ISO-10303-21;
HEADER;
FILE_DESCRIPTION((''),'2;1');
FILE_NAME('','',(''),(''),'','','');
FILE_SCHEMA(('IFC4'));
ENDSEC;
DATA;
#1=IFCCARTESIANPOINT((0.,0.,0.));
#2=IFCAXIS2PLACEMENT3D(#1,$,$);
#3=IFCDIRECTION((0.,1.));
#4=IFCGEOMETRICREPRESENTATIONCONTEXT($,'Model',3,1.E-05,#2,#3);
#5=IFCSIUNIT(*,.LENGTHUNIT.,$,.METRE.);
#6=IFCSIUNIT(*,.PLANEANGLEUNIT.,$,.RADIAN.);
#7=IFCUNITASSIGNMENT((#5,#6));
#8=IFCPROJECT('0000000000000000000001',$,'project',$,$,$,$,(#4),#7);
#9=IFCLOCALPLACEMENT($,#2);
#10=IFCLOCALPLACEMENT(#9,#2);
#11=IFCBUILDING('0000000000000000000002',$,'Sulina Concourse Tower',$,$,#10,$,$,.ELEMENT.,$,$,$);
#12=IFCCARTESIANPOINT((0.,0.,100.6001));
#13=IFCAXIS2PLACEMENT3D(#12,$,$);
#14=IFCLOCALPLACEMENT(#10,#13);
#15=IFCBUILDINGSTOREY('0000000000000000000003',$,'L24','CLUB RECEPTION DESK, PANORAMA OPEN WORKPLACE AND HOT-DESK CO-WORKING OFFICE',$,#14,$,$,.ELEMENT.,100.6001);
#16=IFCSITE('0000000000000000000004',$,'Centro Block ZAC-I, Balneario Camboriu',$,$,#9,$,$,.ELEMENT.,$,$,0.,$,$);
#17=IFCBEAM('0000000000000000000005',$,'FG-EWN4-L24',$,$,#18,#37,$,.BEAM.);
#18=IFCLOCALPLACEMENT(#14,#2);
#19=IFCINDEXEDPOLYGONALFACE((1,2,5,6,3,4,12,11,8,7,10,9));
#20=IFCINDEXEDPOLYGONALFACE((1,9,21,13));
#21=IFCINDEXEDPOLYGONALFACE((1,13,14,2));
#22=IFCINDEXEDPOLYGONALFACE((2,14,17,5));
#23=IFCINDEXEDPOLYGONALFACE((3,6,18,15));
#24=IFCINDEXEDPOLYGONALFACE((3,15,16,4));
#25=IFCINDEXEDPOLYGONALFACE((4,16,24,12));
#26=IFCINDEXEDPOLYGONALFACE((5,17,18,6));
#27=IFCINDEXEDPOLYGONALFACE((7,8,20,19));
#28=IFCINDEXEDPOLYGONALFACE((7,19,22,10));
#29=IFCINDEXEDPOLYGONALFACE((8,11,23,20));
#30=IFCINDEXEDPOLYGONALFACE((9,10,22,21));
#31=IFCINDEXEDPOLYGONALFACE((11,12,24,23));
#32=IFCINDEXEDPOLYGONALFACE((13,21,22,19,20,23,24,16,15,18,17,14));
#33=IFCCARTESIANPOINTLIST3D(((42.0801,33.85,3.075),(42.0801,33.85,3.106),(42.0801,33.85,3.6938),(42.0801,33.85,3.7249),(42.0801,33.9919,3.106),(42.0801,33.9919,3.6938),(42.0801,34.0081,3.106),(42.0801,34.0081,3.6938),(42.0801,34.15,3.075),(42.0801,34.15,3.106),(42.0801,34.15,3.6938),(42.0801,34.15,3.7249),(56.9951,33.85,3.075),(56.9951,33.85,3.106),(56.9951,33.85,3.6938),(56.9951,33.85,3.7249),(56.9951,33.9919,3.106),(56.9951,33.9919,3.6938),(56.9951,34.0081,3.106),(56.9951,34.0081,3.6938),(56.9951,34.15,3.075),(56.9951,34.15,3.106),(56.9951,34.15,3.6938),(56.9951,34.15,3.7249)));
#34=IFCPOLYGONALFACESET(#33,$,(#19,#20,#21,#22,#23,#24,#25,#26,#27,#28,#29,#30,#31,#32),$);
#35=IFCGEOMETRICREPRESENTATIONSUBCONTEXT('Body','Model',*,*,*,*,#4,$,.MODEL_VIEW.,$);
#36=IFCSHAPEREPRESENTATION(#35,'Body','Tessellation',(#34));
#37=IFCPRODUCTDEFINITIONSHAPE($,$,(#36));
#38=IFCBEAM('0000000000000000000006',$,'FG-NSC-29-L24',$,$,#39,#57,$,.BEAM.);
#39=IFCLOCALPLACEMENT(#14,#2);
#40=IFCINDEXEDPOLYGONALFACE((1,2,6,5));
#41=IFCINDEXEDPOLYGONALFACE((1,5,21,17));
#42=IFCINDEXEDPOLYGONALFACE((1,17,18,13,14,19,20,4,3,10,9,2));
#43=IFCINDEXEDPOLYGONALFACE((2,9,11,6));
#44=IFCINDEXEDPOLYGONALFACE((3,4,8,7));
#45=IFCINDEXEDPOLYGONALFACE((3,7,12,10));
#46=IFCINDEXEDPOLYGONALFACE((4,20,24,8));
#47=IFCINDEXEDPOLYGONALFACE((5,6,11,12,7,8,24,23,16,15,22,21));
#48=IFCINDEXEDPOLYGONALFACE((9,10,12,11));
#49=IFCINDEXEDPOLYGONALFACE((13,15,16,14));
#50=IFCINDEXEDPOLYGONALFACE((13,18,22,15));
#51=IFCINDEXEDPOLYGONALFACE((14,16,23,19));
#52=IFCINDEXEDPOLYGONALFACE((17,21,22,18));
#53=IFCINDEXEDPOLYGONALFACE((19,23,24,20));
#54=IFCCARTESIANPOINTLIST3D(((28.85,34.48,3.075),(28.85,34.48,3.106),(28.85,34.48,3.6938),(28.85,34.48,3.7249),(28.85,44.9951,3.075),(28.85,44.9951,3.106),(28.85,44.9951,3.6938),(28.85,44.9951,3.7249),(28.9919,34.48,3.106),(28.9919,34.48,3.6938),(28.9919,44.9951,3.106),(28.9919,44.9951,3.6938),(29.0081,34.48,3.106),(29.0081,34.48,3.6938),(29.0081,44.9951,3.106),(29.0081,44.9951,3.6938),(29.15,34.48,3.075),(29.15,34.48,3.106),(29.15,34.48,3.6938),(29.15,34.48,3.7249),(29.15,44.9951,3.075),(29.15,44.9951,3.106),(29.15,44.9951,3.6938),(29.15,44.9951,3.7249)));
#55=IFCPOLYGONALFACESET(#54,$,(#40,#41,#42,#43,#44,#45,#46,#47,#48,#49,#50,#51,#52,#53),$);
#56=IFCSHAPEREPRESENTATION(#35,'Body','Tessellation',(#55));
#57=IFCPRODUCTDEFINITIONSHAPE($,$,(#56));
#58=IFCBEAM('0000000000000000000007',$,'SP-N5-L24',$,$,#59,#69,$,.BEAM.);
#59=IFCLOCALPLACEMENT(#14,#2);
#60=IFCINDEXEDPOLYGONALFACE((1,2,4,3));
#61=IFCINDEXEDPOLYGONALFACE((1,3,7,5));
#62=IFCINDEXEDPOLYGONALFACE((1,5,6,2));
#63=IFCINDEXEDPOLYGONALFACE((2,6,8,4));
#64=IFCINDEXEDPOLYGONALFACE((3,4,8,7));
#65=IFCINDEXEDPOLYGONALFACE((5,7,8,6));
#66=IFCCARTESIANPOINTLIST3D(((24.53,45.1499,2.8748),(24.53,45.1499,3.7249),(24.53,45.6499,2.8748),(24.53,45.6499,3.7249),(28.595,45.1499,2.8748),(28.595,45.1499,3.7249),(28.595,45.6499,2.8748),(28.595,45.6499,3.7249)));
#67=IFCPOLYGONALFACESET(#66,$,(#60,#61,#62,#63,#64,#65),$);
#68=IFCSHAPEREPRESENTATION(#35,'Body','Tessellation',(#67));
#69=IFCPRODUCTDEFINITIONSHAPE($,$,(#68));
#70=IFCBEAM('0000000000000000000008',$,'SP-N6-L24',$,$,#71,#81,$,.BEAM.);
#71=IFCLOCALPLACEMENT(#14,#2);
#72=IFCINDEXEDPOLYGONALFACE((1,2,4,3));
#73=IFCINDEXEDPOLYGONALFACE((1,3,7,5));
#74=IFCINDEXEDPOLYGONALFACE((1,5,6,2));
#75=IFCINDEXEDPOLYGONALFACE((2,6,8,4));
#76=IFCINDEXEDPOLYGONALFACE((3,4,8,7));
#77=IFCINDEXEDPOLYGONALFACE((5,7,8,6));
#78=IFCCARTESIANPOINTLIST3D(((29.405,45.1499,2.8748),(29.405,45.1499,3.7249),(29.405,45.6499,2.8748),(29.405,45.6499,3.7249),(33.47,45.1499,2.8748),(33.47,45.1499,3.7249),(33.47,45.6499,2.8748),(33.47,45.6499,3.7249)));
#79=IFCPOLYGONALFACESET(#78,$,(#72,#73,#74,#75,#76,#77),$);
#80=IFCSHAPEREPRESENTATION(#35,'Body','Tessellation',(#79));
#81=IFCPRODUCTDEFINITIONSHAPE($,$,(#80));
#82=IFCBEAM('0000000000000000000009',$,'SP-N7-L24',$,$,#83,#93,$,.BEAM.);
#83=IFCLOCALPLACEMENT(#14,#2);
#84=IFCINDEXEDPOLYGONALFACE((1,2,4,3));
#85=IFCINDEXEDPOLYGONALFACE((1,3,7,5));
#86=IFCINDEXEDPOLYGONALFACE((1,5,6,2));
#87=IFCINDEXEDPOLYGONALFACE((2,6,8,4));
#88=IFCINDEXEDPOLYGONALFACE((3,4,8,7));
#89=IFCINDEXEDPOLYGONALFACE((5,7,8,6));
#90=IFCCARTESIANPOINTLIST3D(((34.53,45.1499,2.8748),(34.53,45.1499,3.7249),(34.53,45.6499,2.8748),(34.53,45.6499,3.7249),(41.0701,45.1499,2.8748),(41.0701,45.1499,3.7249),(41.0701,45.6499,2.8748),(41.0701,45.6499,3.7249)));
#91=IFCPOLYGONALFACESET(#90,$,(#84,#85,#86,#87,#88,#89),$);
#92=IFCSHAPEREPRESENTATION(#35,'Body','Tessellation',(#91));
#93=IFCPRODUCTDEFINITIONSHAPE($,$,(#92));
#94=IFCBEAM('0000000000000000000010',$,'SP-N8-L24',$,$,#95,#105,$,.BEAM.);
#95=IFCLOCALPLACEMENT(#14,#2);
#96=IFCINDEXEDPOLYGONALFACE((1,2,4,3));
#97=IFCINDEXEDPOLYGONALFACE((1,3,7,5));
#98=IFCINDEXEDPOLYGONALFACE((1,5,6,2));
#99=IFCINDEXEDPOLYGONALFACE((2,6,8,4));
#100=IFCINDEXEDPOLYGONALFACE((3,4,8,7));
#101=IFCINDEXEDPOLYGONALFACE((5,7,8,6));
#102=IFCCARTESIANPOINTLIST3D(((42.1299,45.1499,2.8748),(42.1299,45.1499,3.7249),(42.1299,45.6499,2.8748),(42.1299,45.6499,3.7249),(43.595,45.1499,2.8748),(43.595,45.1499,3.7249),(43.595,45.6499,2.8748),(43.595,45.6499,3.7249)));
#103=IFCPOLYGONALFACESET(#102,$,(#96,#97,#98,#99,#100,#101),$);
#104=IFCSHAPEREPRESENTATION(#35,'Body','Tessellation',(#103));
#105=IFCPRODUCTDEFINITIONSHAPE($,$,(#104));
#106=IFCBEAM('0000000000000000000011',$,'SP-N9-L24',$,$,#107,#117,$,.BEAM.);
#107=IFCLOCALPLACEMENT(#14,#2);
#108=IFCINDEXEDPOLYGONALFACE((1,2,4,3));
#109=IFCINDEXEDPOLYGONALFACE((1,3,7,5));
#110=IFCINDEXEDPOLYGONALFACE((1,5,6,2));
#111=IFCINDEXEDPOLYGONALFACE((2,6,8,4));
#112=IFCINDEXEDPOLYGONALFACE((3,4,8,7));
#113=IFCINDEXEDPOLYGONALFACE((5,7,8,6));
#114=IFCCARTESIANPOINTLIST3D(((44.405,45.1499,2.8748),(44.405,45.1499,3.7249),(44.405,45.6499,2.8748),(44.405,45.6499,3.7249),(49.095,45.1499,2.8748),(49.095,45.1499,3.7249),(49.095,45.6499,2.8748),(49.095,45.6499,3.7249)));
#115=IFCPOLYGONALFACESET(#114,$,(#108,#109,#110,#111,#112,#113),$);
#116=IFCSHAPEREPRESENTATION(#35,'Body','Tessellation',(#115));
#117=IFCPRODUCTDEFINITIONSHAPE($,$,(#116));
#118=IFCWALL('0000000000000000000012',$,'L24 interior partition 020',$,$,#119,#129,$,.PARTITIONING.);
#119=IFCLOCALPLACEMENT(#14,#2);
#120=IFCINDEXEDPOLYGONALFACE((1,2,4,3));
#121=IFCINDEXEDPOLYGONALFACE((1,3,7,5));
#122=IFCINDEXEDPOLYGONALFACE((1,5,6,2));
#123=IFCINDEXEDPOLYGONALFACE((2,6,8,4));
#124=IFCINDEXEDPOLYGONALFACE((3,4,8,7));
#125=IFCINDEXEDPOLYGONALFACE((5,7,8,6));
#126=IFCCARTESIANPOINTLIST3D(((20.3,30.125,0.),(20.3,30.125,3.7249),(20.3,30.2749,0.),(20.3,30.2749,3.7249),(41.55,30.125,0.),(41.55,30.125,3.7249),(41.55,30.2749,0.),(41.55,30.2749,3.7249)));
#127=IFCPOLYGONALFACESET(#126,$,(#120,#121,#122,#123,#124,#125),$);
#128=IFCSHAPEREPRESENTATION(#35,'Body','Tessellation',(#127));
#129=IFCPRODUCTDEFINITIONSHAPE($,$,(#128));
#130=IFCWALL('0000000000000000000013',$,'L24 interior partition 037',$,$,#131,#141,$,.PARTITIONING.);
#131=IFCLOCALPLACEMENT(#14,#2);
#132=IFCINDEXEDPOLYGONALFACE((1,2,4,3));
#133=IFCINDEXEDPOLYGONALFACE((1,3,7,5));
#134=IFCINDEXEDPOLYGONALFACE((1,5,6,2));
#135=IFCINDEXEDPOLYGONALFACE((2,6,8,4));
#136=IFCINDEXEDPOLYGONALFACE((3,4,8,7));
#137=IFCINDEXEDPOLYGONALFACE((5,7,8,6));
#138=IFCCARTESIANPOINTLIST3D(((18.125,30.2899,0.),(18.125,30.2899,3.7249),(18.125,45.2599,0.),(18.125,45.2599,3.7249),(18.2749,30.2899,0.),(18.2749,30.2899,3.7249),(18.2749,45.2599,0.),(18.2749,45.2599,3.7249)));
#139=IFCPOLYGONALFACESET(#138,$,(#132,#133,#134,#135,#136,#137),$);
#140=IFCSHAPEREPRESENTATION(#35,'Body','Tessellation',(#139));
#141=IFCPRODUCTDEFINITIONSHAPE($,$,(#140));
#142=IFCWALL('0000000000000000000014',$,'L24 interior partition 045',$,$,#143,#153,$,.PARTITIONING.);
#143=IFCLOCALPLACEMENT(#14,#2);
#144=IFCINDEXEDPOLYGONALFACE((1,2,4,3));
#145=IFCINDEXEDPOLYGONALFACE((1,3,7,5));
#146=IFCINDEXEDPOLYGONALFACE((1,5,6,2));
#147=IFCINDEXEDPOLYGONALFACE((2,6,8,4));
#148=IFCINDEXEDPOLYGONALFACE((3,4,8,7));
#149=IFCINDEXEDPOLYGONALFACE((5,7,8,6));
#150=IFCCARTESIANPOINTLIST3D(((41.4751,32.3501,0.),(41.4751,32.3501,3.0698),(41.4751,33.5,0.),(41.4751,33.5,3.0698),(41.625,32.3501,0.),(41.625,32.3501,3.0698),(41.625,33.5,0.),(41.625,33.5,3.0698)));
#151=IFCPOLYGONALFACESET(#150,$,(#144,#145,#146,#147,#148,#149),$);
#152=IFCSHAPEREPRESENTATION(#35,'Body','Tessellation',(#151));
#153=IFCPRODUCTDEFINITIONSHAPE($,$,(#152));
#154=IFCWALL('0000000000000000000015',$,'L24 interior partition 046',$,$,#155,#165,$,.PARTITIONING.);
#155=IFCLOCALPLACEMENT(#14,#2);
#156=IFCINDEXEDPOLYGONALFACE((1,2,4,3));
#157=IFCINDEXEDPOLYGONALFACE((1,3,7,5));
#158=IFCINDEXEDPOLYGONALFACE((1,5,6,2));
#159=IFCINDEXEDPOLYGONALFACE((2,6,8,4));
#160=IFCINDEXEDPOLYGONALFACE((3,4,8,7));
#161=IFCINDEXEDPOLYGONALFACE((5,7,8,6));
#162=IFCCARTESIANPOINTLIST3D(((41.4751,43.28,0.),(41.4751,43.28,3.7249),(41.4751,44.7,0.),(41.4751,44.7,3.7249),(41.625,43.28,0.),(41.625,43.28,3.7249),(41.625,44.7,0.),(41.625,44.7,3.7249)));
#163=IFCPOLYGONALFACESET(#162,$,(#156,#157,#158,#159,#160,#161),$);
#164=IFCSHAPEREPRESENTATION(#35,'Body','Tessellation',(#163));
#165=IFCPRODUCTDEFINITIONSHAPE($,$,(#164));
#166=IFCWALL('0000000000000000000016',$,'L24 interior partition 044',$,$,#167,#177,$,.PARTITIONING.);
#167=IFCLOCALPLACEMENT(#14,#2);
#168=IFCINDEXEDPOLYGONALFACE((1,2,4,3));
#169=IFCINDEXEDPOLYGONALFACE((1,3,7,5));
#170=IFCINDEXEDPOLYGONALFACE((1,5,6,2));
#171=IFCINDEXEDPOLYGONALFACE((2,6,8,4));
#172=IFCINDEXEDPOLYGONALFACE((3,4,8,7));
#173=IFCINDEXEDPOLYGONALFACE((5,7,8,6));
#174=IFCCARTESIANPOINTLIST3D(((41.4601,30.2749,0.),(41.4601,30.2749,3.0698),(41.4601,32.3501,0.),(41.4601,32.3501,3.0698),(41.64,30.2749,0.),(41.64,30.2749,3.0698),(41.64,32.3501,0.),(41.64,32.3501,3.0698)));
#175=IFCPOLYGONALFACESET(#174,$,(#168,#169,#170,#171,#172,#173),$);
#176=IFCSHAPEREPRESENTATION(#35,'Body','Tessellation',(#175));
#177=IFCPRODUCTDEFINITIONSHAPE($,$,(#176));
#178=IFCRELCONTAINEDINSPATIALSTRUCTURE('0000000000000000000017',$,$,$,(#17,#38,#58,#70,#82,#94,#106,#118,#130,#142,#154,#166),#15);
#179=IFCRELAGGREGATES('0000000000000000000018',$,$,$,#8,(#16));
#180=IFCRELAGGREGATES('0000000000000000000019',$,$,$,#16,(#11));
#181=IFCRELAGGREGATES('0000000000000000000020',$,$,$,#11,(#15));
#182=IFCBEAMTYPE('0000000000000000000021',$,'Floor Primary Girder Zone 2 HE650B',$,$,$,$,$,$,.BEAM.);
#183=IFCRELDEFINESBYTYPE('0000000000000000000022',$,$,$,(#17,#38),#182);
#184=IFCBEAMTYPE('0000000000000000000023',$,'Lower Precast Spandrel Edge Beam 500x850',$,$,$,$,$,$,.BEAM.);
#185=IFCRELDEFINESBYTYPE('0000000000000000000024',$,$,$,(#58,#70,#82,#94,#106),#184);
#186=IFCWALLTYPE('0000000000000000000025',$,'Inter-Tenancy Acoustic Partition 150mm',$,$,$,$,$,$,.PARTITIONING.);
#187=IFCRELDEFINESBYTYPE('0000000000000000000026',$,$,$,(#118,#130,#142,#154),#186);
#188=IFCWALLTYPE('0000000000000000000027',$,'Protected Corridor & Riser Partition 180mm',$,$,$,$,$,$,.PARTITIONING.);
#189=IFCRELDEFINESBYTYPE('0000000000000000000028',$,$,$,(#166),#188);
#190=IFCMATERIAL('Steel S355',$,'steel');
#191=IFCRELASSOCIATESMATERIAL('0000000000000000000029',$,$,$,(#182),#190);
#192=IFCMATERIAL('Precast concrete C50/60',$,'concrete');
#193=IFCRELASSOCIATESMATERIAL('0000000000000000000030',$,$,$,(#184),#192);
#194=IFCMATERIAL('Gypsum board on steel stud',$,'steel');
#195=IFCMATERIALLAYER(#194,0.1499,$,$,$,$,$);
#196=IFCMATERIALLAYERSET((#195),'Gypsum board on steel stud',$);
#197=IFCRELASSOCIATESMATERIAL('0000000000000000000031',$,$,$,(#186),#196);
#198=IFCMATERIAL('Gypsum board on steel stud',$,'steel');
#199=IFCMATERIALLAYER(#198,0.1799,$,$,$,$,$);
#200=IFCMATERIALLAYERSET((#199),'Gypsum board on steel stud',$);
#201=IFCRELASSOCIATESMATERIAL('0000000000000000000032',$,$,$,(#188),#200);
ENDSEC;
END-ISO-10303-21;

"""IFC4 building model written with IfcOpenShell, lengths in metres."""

from ifc_helpers import new_model, si_unit, direction, frame, frame_2d, origin, origin_2d, place, context, subcontext, project, spatial, rectangle, i_section, extrude, material, layer, layer_set, material_profile, profile_set, type_object, element, save


model = new_model("IFC4")

# Units and contexts
model_context = context("Model", 3, precision=1e-05, world=origin(), true_north=direction((0.0, 1.0)))
body_context = subcontext(model_context, "Body", "Model", "MODEL_VIEW")
ifc_project = project(units=[si_unit("LENGTHUNIT", "METRE"), si_unit("PLANEANGLEUNIT", "RADIAN")], contexts=[model_context])

# Site, building, storey
site_placement = place(None, origin())
site = spatial("IfcSite", under=ifc_project, at=site_placement, Name="Centro Block ZAC-I, Balneario Camboriu", CompositionType="ELEMENT", RefElevation=0.0)
building_placement = place(site_placement, origin())
building = spatial("IfcBuilding", under=site, at=building_placement, Name="Sulina Concourse Tower", CompositionType="ELEMENT")
storey_placement = place(building_placement, frame((0.0, 0.0, 100.6001)))
storey = spatial("IfcBuildingStorey", under=building, at=storey_placement, Name="L24", Description="CLUB RECEPTION DESK, PANORAMA OPEN WORKPLACE AND HOT-DESK CO-WORKING OFFICE", CompositionType="ELEMENT", Elevation=100.6001)

# Beams
ifc_material_1 = material(Name="Steel S355", Category="steel")
ifc_material_profile_1 = material_profile(ifc_material_1, i_section(OverallWidth=0.3, OverallDepth=0.6499, WebThickness=0.0161, FlangeThickness=0.031, at=origin_2d()), Name="HE 650 B")
ifc_profile_set_1 = profile_set([ifc_material_profile_1], Name="Steel S355")
beam_type_1 = type_object("IfcBeamType", Name="Floor Primary Girder Zone 2 HE650B", PredefinedType="BEAM", material=ifc_profile_set_1)
beam_1_placement = place(storey_placement, frame((42.0801, 34.0, 3.3999), z_axis=(1.0, 0.0, 0.0), x_axis=(0.0, 1.0, 0.0)))
element("IfcBeam", 1, at=beam_1_placement, inside=storey, type_object=beam_type_1, Name="FG-EWN4-L24", PredefinedType="BEAM", context=body_context, shape_type="SweptSolid", body=[
    extrude(i_section(OverallWidth=0.3, OverallDepth=0.6499, WebThickness=0.0161, FlangeThickness=0.031, at=origin_2d()), origin(), (0.0, 0.0, 1.0), 14.915),
])
beam_2_placement = place(storey_placement, frame((29.0, 34.48, 3.3999), z_axis=(0.0, 1.0, 0.0), x_axis=(-1.0, 0.0, 0.0)))
element("IfcBeam", 2, at=beam_2_placement, inside=storey, type_object=beam_type_1, Name="FG-NSC-29-L24", PredefinedType="BEAM", context=body_context, shape_type="SweptSolid", body=[
    extrude(i_section(OverallWidth=0.3, OverallDepth=0.6499, WebThickness=0.0161, FlangeThickness=0.031, at=origin_2d()), origin(), (0.0, 0.0, 1.0), 10.5151),
])
ifc_material_2 = material(Name="Precast concrete C50/60", Category="concrete")
ifc_material_profile_2 = material_profile(ifc_material_2, rectangle(XDim=0.5, YDim=0.8501, at=origin_2d()), Name="RC 500x850")
ifc_profile_set_2 = profile_set([ifc_material_profile_2], Name="Precast concrete C50/60")
beam_type_2 = type_object("IfcBeamType", Name="Lower Precast Spandrel Edge Beam 500x850", PredefinedType="BEAM", material=ifc_profile_set_2)
for number, where, z_axis, x_axis, name in (
    (3, (24.53, 45.3999, 3.2998), (1.0, 0.0, 0.0), (0.0, 1.0, 0.0), "SP-N5-L24"),
    (4, (29.405, 45.3999, 3.2998), (1.0, 0.0, 0.0), (0.0, 1.0, 0.0), "SP-N6-L24"),
):
    element("IfcBeam", number, at=place(storey_placement, frame(where, z_axis=z_axis, x_axis=x_axis)), inside=storey, type_object=beam_type_2, Name=name, PredefinedType="BEAM", context=body_context, shape_type="SweptSolid", body=[
        extrude(rectangle(XDim=0.5, YDim=0.8501, at=origin_2d()), origin(), (0.0, 0.0, 1.0), 4.0649),
    ])
beam_3_placement = place(storey_placement, frame((34.53, 45.3999, 3.2998), z_axis=(1.0, 0.0, 0.0), x_axis=(0.0, 1.0, 0.0)))
element("IfcBeam", 5, at=beam_3_placement, inside=storey, type_object=beam_type_2, Name="SP-N7-L24", PredefinedType="BEAM", context=body_context, shape_type="SweptSolid", body=[
    extrude(rectangle(XDim=0.5, YDim=0.8501, at=origin_2d()), origin(), (0.0, 0.0, 1.0), 6.54),
])
beam_4_placement = place(storey_placement, frame((42.1299, 45.3999, 3.2998), z_axis=(1.0, 0.0, 0.0), x_axis=(0.0, 1.0, 0.0)))
element("IfcBeam", 6, at=beam_4_placement, inside=storey, type_object=beam_type_2, Name="SP-N8-L24", PredefinedType="BEAM", context=body_context, shape_type="SweptSolid", body=[
    extrude(rectangle(XDim=0.5, YDim=0.8501, at=origin_2d()), origin(), (0.0, 0.0, 1.0), 1.4651),
])
beam_5_placement = place(storey_placement, frame((44.405, 45.3999, 3.2998), z_axis=(1.0, 0.0, 0.0), x_axis=(0.0, 1.0, 0.0)))
element("IfcBeam", 7, at=beam_5_placement, inside=storey, type_object=beam_type_2, Name="SP-N9-L24", PredefinedType="BEAM", context=body_context, shape_type="SweptSolid", body=[
    extrude(rectangle(XDim=0.5, YDim=0.8501, at=origin_2d()), origin(), (0.0, 0.0, 1.0), 4.6899),
])

# Walls
ifc_material_3 = material(Name="Gypsum board on steel stud", Category="steel")
ifc_layer_1 = layer(ifc_material_3, 0.1499)
ifc_layer_set_1 = layer_set([ifc_layer_1], Name="Gypsum board on steel stud")
wall_type_1 = type_object("IfcWallType", Name="Inter-Tenancy Acoustic Partition 150mm", PredefinedType="PARTITIONING", material=ifc_layer_set_1)
wall_1_placement = place(storey_placement, frame((20.3, 30.2, 0.0), z_axis=(0.0, 0.0, 1.0), x_axis=(1.0, 0.0, 0.0)))
element("IfcWall", 8, at=wall_1_placement, inside=storey, type_object=wall_type_1, Name="L24 interior partition 020", PredefinedType="PARTITIONING", context=body_context, shape_type="SweptSolid", body=[
    extrude(rectangle(XDim=21.25, YDim=0.1499, at=frame_2d((10.625, 0.0))), origin(), (0.0, 0.0, 1.0), 3.7249),
])
wall_2_placement = place(storey_placement, frame((18.2, 30.29, 0.0), z_axis=(0.0, 0.0, 1.0), x_axis=(0.0, 1.0, 0.0)))
element("IfcWall", 9, at=wall_2_placement, inside=storey, type_object=wall_type_1, Name="L24 interior partition 037", PredefinedType="PARTITIONING", context=body_context, shape_type="SweptSolid", body=[
    extrude(rectangle(XDim=14.97, YDim=0.1499, at=frame_2d((7.4849, 0.0))), origin(), (0.0, 0.0, 1.0), 3.7249),
])
wall_3_placement = place(storey_placement, frame((41.55, 32.3501, 0.0), z_axis=(0.0, 0.0, 1.0), x_axis=(0.0, 1.0, 0.0)))
element("IfcWall", 10, at=wall_3_placement, inside=storey, type_object=wall_type_1, Name="L24 interior partition 045", PredefinedType="PARTITIONING", context=body_context, shape_type="SweptSolid", body=[
    extrude(rectangle(XDim=1.1499, YDim=0.1499, at=frame_2d((0.575, 0.0))), origin(), (0.0, 0.0, 1.0), 3.0698),
])
wall_4_placement = place(storey_placement, frame((41.55, 43.28, 0.0), z_axis=(0.0, 0.0, 1.0), x_axis=(0.0, 1.0, 0.0)))
element("IfcWall", 11, at=wall_4_placement, inside=storey, type_object=wall_type_1, Name="L24 interior partition 046", PredefinedType="PARTITIONING", context=body_context, shape_type="SweptSolid", body=[
    extrude(rectangle(XDim=1.4199, YDim=0.1499, at=frame_2d((0.71, 0.0))), origin(), (0.0, 0.0, 1.0), 3.7249),
])
ifc_material_4 = material(Name="Gypsum board on steel stud", Category="steel")
ifc_layer_2 = layer(ifc_material_4, 0.1799)
ifc_layer_set_2 = layer_set([ifc_layer_2], Name="Gypsum board on steel stud")
wall_type_2 = type_object("IfcWallType", Name="Protected Corridor & Riser Partition 180mm", PredefinedType="PARTITIONING", material=ifc_layer_set_2)
wall_5_placement = place(storey_placement, frame((41.55, 30.2749, 0.0), z_axis=(0.0, 0.0, 1.0), x_axis=(0.0, 1.0, 0.0)))
element("IfcWall", 12, at=wall_5_placement, inside=storey, type_object=wall_type_2, Name="L24 interior partition 044", PredefinedType="PARTITIONING", context=body_context, shape_type="SweptSolid", body=[
    extrude(rectangle(XDim=2.0752, YDim=0.1799, at=frame_2d((1.0376, 0.0))), origin(), (0.0, 0.0, 1.0), 3.0698),
])

save(model, "model.ifc")
